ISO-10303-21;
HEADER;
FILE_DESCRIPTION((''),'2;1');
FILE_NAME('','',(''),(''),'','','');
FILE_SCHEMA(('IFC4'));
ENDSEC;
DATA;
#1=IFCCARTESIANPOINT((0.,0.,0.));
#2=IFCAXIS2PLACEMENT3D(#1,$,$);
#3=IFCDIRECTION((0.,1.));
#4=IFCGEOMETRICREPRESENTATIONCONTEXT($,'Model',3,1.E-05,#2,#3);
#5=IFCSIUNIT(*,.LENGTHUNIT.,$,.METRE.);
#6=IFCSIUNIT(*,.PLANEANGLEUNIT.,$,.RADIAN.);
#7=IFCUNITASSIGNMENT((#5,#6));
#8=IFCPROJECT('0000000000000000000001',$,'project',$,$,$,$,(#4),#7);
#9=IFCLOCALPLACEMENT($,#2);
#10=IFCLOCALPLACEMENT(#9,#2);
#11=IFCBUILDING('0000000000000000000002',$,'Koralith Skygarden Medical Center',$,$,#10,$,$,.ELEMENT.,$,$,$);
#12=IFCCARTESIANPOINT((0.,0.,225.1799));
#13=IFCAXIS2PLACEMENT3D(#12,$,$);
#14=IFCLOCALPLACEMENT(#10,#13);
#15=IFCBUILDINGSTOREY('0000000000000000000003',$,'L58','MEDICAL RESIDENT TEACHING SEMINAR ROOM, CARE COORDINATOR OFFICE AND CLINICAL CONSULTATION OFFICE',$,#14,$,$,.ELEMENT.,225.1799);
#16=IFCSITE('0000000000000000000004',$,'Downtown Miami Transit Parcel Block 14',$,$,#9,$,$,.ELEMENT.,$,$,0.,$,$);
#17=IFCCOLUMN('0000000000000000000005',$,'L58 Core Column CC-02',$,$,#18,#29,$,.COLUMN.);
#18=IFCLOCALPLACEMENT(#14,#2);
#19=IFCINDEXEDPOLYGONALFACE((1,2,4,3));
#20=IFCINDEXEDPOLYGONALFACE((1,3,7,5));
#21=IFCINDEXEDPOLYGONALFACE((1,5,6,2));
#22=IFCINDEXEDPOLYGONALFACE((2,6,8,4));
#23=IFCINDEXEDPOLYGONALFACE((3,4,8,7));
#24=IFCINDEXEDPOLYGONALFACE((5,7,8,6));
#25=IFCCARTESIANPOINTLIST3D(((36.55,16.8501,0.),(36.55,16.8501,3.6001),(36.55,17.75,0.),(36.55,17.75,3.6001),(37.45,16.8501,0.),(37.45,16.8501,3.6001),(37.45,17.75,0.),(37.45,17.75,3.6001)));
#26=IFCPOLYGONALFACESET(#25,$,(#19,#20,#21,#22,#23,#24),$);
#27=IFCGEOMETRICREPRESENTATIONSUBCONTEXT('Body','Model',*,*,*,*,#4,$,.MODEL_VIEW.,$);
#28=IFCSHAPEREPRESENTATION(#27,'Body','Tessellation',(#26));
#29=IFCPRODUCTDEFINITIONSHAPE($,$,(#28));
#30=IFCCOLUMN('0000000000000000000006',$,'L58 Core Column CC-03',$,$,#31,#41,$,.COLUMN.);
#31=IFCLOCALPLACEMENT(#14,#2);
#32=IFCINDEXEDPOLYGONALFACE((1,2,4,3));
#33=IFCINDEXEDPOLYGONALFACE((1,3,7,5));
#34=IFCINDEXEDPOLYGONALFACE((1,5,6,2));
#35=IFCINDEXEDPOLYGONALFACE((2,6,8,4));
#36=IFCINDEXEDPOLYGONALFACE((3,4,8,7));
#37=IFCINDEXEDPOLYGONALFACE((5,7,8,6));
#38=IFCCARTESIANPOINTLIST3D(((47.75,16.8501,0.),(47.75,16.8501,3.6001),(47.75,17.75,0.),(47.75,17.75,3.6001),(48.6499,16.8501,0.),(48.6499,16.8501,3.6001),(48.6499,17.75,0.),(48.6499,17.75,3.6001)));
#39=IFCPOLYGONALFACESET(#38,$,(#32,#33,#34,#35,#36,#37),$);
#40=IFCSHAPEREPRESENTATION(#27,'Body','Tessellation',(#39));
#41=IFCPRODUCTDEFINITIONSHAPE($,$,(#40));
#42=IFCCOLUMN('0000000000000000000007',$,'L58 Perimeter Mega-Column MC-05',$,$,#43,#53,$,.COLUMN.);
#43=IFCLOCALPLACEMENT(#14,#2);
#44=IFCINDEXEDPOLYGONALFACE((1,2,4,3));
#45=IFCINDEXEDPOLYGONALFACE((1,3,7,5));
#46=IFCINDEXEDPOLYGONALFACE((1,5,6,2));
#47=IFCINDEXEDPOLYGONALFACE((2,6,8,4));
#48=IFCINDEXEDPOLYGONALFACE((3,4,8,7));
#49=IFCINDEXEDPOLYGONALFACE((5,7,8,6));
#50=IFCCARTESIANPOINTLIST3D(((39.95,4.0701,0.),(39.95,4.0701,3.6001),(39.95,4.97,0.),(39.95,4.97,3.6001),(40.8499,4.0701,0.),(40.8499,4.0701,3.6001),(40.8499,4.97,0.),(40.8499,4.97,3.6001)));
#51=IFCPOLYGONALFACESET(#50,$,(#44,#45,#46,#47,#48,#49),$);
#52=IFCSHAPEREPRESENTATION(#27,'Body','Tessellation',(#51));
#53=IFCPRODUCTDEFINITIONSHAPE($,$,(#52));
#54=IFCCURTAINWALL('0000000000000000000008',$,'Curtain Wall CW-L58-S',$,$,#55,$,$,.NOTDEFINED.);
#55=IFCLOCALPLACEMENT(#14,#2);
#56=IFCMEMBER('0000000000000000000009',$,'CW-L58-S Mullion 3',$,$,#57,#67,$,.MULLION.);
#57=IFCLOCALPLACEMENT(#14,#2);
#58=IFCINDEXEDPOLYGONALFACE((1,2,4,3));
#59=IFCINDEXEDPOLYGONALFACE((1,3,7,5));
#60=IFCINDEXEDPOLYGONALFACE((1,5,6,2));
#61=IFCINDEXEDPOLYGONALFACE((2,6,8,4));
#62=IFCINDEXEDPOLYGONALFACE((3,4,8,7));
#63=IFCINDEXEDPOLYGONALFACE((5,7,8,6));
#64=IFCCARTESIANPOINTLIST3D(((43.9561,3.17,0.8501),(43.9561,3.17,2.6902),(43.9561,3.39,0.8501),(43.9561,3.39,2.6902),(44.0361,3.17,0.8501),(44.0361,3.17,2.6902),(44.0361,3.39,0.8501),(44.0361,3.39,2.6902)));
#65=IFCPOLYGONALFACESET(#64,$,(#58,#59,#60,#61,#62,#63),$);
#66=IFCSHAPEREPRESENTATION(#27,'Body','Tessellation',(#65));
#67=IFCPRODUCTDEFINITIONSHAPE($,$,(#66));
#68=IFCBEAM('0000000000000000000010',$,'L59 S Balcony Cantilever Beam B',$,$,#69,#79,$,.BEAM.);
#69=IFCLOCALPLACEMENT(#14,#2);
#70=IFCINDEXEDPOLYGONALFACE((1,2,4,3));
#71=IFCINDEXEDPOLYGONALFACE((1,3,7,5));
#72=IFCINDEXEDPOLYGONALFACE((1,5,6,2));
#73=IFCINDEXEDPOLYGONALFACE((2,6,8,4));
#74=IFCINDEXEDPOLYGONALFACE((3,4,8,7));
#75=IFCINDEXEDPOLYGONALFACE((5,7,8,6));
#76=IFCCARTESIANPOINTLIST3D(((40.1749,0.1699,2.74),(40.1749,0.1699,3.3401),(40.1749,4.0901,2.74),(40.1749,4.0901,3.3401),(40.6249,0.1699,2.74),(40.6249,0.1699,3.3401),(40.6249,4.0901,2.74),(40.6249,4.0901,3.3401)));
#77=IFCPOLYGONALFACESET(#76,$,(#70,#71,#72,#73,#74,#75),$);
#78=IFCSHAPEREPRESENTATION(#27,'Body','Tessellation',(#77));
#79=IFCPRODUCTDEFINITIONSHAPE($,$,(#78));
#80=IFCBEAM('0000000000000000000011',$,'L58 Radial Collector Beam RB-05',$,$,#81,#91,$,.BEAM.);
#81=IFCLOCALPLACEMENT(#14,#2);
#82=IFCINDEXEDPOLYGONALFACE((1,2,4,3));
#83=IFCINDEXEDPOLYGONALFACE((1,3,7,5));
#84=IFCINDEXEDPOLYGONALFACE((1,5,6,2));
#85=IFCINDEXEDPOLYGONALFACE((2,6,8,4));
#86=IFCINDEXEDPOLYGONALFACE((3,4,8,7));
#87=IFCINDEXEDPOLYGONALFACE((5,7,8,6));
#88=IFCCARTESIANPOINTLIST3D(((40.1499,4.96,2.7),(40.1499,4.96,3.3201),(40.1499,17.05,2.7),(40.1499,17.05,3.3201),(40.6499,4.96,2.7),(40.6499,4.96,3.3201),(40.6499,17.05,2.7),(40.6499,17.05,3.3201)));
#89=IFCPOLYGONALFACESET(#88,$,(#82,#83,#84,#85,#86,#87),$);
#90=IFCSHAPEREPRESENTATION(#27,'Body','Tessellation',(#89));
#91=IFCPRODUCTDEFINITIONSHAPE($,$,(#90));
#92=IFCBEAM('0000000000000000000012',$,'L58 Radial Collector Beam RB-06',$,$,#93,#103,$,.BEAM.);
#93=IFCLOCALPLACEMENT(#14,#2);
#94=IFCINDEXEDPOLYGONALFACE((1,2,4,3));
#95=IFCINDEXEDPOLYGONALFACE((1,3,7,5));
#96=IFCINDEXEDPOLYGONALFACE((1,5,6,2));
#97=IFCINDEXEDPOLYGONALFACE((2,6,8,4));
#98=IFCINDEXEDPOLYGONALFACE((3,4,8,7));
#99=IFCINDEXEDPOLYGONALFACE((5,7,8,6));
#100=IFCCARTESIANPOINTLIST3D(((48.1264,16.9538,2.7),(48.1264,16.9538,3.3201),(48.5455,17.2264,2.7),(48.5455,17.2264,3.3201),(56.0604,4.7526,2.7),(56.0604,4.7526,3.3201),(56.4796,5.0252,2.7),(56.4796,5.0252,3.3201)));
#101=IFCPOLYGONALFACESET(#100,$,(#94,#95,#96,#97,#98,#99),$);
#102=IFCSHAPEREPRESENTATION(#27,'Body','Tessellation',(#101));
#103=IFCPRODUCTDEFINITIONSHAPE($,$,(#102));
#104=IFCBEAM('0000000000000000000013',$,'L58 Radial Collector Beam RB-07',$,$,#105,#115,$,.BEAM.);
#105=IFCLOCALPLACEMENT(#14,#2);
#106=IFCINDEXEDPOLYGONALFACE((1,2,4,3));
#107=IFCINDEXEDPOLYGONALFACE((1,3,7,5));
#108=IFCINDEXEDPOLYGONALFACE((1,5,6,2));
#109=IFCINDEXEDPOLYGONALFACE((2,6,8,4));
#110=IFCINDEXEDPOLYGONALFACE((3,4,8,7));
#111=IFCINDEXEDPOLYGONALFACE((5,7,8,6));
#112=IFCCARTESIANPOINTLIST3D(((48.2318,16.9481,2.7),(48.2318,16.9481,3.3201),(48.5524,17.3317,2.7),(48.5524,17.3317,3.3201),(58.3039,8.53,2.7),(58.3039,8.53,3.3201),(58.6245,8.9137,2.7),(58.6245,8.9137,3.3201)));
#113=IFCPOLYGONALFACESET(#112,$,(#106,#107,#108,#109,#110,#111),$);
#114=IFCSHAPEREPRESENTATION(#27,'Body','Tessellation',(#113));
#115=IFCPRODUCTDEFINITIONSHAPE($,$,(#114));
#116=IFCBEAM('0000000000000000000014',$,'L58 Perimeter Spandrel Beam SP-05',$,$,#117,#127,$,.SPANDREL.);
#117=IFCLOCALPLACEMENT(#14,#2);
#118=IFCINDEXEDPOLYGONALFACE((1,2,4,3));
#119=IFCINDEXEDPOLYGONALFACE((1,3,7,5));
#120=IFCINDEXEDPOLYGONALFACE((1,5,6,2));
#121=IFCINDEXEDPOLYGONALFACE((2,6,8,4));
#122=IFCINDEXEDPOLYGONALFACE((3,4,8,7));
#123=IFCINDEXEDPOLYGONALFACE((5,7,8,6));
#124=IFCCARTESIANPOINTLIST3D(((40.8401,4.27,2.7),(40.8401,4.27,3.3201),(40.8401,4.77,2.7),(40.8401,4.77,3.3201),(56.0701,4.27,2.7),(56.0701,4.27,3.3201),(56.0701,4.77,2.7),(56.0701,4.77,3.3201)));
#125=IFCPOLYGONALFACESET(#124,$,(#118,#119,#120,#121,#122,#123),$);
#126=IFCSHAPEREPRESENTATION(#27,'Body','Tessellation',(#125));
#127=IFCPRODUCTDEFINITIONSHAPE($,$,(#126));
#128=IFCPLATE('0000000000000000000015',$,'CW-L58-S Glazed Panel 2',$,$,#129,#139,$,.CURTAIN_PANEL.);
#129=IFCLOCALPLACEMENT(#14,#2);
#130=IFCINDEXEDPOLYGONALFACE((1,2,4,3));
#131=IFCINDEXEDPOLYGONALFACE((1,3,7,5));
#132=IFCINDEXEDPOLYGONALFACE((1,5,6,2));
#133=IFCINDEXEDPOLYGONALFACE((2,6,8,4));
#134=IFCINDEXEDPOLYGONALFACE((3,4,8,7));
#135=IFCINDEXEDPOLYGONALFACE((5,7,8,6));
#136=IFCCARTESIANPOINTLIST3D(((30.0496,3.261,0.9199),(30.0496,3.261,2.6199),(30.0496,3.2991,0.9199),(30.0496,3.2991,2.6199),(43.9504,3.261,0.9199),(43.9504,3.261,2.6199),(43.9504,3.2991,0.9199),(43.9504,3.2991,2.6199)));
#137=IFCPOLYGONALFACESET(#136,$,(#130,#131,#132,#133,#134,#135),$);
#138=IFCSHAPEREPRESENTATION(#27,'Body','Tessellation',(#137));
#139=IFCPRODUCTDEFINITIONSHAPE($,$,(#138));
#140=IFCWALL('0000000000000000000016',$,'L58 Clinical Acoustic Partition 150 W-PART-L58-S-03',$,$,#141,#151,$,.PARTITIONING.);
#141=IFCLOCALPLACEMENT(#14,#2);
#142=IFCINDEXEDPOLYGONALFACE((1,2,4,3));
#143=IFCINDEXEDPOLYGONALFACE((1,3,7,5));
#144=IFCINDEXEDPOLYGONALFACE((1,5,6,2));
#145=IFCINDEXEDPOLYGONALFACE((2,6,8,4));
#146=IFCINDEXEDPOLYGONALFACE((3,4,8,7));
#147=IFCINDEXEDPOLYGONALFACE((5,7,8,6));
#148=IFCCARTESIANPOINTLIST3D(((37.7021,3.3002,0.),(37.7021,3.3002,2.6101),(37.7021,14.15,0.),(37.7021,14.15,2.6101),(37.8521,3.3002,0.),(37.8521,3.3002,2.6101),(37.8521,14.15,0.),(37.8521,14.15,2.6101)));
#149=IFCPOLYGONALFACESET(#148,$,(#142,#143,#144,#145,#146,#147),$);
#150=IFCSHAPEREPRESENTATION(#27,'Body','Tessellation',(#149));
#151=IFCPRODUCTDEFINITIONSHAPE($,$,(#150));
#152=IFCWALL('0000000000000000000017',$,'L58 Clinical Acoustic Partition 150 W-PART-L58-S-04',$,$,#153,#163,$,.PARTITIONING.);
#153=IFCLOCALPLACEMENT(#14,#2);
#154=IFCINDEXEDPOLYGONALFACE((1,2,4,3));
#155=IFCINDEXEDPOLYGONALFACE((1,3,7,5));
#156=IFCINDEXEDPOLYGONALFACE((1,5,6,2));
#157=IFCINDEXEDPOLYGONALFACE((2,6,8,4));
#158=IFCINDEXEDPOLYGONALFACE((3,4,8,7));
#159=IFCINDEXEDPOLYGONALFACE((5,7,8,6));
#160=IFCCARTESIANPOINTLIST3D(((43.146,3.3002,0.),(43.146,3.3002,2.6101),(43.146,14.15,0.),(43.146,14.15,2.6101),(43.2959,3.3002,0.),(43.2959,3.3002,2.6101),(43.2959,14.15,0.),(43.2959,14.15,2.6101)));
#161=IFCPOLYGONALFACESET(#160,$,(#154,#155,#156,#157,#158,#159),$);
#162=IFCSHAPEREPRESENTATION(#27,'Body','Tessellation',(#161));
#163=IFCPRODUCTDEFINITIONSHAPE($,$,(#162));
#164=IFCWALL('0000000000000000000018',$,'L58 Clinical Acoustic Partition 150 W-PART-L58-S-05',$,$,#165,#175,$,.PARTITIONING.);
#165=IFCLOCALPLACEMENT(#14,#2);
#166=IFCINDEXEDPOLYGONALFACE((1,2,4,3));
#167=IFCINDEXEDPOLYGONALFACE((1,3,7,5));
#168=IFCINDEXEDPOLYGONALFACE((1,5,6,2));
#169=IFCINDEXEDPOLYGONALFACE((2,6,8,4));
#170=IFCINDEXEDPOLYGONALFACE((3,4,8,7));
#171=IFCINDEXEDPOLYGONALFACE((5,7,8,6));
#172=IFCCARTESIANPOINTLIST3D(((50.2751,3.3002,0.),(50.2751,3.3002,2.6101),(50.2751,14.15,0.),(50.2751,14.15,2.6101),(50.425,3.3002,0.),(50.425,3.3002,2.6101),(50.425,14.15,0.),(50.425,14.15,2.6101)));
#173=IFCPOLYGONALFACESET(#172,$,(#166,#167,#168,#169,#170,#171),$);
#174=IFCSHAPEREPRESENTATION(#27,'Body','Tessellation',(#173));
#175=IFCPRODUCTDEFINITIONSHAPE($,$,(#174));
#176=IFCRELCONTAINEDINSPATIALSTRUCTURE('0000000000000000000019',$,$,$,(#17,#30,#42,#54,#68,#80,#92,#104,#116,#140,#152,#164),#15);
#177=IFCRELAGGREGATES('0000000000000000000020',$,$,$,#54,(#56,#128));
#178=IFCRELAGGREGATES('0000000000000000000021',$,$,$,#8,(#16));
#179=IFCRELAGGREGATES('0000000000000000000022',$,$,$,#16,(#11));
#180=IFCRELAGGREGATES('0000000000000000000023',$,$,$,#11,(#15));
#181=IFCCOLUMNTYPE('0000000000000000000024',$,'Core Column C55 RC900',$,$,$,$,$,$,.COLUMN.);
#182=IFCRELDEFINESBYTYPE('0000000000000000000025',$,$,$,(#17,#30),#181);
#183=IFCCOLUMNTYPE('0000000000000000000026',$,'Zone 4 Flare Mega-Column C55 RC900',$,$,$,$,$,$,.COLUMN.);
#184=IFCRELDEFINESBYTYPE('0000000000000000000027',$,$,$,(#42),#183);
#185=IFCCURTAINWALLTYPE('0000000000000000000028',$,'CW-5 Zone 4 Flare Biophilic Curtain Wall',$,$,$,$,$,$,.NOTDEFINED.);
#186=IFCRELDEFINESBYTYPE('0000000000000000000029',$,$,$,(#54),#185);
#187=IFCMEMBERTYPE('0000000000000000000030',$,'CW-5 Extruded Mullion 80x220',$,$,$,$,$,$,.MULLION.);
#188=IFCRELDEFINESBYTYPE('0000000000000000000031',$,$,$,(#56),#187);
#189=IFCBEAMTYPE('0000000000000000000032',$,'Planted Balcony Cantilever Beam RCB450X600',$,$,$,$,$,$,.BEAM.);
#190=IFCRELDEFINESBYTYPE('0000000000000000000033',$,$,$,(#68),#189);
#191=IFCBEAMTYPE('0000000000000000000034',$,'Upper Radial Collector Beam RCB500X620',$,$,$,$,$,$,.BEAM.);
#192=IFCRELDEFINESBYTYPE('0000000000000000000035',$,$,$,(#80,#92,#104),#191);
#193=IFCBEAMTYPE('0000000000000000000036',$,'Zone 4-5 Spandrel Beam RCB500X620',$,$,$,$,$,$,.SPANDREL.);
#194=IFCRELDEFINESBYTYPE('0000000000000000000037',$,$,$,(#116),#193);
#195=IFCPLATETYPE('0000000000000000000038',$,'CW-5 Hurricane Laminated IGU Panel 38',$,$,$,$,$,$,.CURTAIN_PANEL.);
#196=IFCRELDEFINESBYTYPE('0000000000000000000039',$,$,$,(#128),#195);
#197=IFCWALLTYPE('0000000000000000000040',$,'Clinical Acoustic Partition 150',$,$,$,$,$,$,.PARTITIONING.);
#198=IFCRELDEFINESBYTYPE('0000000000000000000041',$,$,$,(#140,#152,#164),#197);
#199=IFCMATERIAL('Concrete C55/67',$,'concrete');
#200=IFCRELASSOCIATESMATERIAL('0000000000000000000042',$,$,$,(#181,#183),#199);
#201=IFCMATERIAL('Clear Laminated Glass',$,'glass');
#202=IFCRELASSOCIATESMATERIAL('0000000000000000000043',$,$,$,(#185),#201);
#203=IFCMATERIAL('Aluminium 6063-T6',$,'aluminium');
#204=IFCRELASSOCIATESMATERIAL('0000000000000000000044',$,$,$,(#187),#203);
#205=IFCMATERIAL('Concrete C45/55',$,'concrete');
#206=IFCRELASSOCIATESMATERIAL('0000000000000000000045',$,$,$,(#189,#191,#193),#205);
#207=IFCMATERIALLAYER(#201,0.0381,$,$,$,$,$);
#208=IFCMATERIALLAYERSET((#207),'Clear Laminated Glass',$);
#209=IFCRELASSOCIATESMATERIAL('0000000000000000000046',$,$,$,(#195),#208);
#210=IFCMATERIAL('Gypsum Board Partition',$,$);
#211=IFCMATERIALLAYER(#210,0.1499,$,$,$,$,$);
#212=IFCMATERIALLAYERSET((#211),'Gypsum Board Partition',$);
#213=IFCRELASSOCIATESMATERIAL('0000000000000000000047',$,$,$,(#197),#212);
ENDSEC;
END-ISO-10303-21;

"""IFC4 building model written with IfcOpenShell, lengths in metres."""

from ifc_helpers import new_model, si_unit, direction, frame, frame_2d, origin, origin_2d, place, context, subcontext, project, spatial, rectangle, extrude, material, layer, layer_set, material_profile, profile_set, type_object, element, aggregate, save


model = new_model("IFC4")

# Units and contexts
model_context = context("Model", 3, precision=1e-05, world=origin(), true_north=direction((0.0, 1.0)))
body_context = subcontext(model_context, "Body", "Model", "MODEL_VIEW")
ifc_project = project(units=[si_unit("LENGTHUNIT", "METRE"), si_unit("PLANEANGLEUNIT", "RADIAN")], contexts=[model_context])

# Site, building, storey
site_placement = place(None, origin())
site = spatial("IfcSite", under=ifc_project, at=site_placement, Name="Downtown Miami Transit Parcel Block 14", CompositionType="ELEMENT", RefElevation=0.0)
building_placement = place(site_placement, origin())
building = spatial("IfcBuilding", under=site, at=building_placement, Name="Koralith Skygarden Medical Center", CompositionType="ELEMENT")
storey_placement = place(building_placement, frame((0.0, 0.0, 225.1799)))
storey = spatial("IfcBuildingStorey", under=building, at=storey_placement, Name="L58", Description="MEDICAL RESIDENT TEACHING SEMINAR ROOM, CARE COORDINATOR OFFICE AND CLINICAL CONSULTATION OFFICE", CompositionType="ELEMENT", Elevation=225.1799)

# Columns
ifc_material_1 = material(Name="Concrete C55/67", Category="concrete")
ifc_material_profile_1 = material_profile(ifc_material_1, rectangle(XDim=0.8999, YDim=0.8999, at=origin_2d()), Name="RC900X900")
ifc_profile_set_1 = profile_set([ifc_material_profile_1], Name="Concrete C55/67")
column_type_1 = type_object("IfcColumnType", Name="Core Column C55 RC900", PredefinedType="COLUMN", material=ifc_profile_set_1)
for number, where, z_axis, x_axis, name in (
    (1, (37.0, 17.3, 0.0), (0.0, 0.0, 1.0), (1.0, 0.0, 0.0), "L58 Core Column CC-02"),
    (2, (48.2, 17.3, 0.0), (0.0, 0.0, 1.0), (1.0, 0.0, 0.0), "L58 Core Column CC-03"),
):
    element("IfcColumn", number, at=place(storey_placement, frame(where, z_axis=z_axis, x_axis=x_axis)), inside=storey, type_object=column_type_1, Name=name, PredefinedType="COLUMN", context=body_context, shape_type="SweptSolid", body=[
        extrude(rectangle(XDim=0.8999, YDim=0.8999, at=origin_2d()), origin(), (0.0, 0.0, 1.0), 3.6001),
    ])
ifc_material_profile_2 = material_profile(ifc_material_1, rectangle(XDim=0.8999, YDim=0.8999, at=origin_2d()), Name="RC900X900")
ifc_profile_set_2 = profile_set([ifc_material_profile_2], Name="Concrete C55/67")
column_type_2 = type_object("IfcColumnType", Name="Zone 4 Flare Mega-Column C55 RC900", PredefinedType="COLUMN", material=ifc_profile_set_2)
column_placement = place(storey_placement, frame((40.3999, 4.52, 0.0), z_axis=(0.0, 0.0, 1.0), x_axis=(1.0, 0.0, 0.0)))
element("IfcColumn", 3, at=column_placement, inside=storey, type_object=column_type_2, Name="L58 Perimeter Mega-Column MC-05", PredefinedType="COLUMN", context=body_context, shape_type="SweptSolid", body=[
    extrude(rectangle(XDim=0.8999, YDim=0.8999, at=origin_2d()), origin(), (0.0, 0.0, 1.0), 3.6001),
])

# Curtain wall, member
ifc_material_2 = material(Name="Clear Laminated Glass", Category="glass")
curtain_wall_type = type_object("IfcCurtainWallType", Name="CW-5 Zone 4 Flare Biophilic Curtain Wall", PredefinedType="NOTDEFINED", material=ifc_material_2)
curtain_wall_placement = place(storey_placement, origin())
curtain_wall = element("IfcCurtainWall", 4, at=curtain_wall_placement, inside=storey, type_object=curtain_wall_type, Name="Curtain Wall CW-L58-S", PredefinedType="NOTDEFINED")
ifc_material_3 = material(Name="Aluminium 6063-T6", Category="aluminium")
ifc_material_profile_3 = material_profile(ifc_material_3, rectangle(XDim=0.0801, YDim=0.22, at=origin_2d()), Name="MUL80X220")
ifc_profile_set_3 = profile_set([ifc_material_profile_3], Name="Aluminium 6063-T6")
member_type = type_object("IfcMemberType", Name="CW-5 Extruded Mullion 80x220", PredefinedType="MULLION", material=ifc_profile_set_3)
member_placement = place(storey_placement, frame((43.9961, 3.28, 0.8501), z_axis=(0.0, 0.0, 1.0), x_axis=(1.0, 0.0, 0.0)))
member = element("IfcMember", 5, at=member_placement, type_object=member_type, Name="CW-L58-S Mullion 3", PredefinedType="MULLION", context=body_context, shape_type="SweptSolid", body=[
    extrude(rectangle(XDim=0.0801, YDim=0.22, at=origin_2d()), origin(), (0.0, 0.0, 1.0), 1.8401),
])

# Beams
ifc_material_4 = material(Name="Concrete C45/55", Category="concrete")
ifc_material_profile_4 = material_profile(ifc_material_4, rectangle(XDim=0.45, YDim=0.6001, at=origin_2d()), Name="RCB450X600")
ifc_profile_set_4 = profile_set([ifc_material_profile_4], Name="Concrete C45/55")
beam_type_1 = type_object("IfcBeamType", Name="Planted Balcony Cantilever Beam RCB450X600", PredefinedType="BEAM", material=ifc_profile_set_4)
beam_1_placement = place(storey_placement, frame((40.3999, 4.0901, 3.04), z_axis=(0.0, -1.0, 0.0), x_axis=(1.0, 0.0, 0.0)))
element("IfcBeam", 6, at=beam_1_placement, inside=storey, type_object=beam_type_1, Name="L59 S Balcony Cantilever Beam B", PredefinedType="BEAM", context=body_context, shape_type="SweptSolid", body=[
    extrude(rectangle(XDim=0.45, YDim=0.6001, at=origin_2d()), origin(), (0.0, 0.0, 1.0), 3.9202),
])
ifc_material_profile_5 = material_profile(ifc_material_4, rectangle(XDim=0.5, YDim=0.6201, at=origin_2d()), Name="RCB500X620")
ifc_profile_set_5 = profile_set([ifc_material_profile_5], Name="Concrete C45/55")
beam_type_2 = type_object("IfcBeamType", Name="Upper Radial Collector Beam RCB500X620", PredefinedType="BEAM", material=ifc_profile_set_5)
beam_2_placement = place(storey_placement, frame((40.3999, 17.05, 3.01), z_axis=(0.0, -1.0, 0.0), x_axis=(1.0, 0.0, 0.0)))
element("IfcBeam", 7, at=beam_2_placement, inside=storey, type_object=beam_type_2, Name="L58 Radial Collector Beam RB-05", PredefinedType="BEAM", context=body_context, shape_type="SweptSolid", body=[
    extrude(rectangle(XDim=0.5, YDim=0.6201, at=origin_2d()), origin(), (0.0, 0.0, 1.0), 12.0901),
])
beam_3_placement = place(storey_placement, frame((48.3359, 17.0901, 3.01), z_axis=(0.545149, -0.838339, 0.0), x_axis=(0.838339, 0.545149, 0.0)))
element("IfcBeam", 8, at=beam_3_placement, inside=storey, type_object=beam_type_2, Name="L58 Radial Collector Beam RB-06", PredefinedType="BEAM", context=body_context, shape_type="SweptSolid", body=[
    extrude(rectangle(XDim=0.5, YDim=0.6201, at=origin_2d()), origin(), (0.0, 0.0, 1.0), 14.554),
])
beam_4_placement = place(storey_placement, frame((48.3921, 17.1399, 3.01), z_axis=(0.767298, -0.641291, 0.0), x_axis=(0.641291, 0.767298, 0.0)))
element("IfcBeam", 9, at=beam_4_placement, inside=storey, type_object=beam_type_2, Name="L58 Radial Collector Beam RB-07", PredefinedType="BEAM", context=body_context, shape_type="SweptSolid", body=[
    extrude(rectangle(XDim=0.5, YDim=0.6201, at=origin_2d()), origin(), (0.0, 0.0, 1.0), 13.1267),
])
ifc_material_profile_6 = material_profile(ifc_material_4, rectangle(XDim=0.5, YDim=0.6201, at=origin_2d()), Name="RCB500X620")
ifc_profile_set_6 = profile_set([ifc_material_profile_6], Name="Concrete C45/55")
beam_type_3 = type_object("IfcBeamType", Name="Zone 4-5 Spandrel Beam RCB500X620", PredefinedType="SPANDREL", material=ifc_profile_set_6)
beam_5_placement = place(storey_placement, frame((40.8401, 4.52, 3.01), z_axis=(1.0, 0.0, 0.0), x_axis=(0.0, 1.0, 0.0)))
element("IfcBeam", 10, at=beam_5_placement, inside=storey, type_object=beam_type_3, Name="L58 Perimeter Spandrel Beam SP-05", PredefinedType="SPANDREL", context=body_context, shape_type="SweptSolid", body=[
    extrude(rectangle(XDim=0.5, YDim=0.6201, at=origin_2d()), origin(), (0.0, 0.0, 1.0), 15.23),
])

# Plate
ifc_layer_1 = layer(ifc_material_2, 0.0381)
ifc_layer_set_1 = layer_set([ifc_layer_1], Name="Clear Laminated Glass")
plate_type = type_object("IfcPlateType", Name="CW-5 Hurricane Laminated IGU Panel 38", PredefinedType="CURTAIN_PANEL", material=ifc_layer_set_1)
plate_placement = place(storey_placement, frame((37.0, 3.28, 0.9199), z_axis=(0.0, 0.0, 1.0), x_axis=(1.0, 0.0, 0.0)))
plate = element("IfcPlate", 11, at=plate_placement, type_object=plate_type, Name="CW-L58-S Glazed Panel 2", PredefinedType="CURTAIN_PANEL", context=body_context, shape_type="SweptSolid", body=[
    extrude(rectangle(XDim=13.9009, YDim=0.0381, at=origin_2d()), origin(), (0.0, 0.0, 1.0), 1.7),
])
aggregate(curtain_wall, [member, plate])

# Walls
ifc_material_5 = material(Name="Gypsum Board Partition")
ifc_layer_2 = layer(ifc_material_5, 0.1499)
ifc_layer_set_2 = layer_set([ifc_layer_2], Name="Gypsum Board Partition")
wall_type_1 = type_object("IfcWallType", Name="Clinical Acoustic Partition 150", PredefinedType="PARTITIONING", material=ifc_layer_set_2)
for number, where, z_axis, x_axis, name in (
    (12, (37.7771, 14.1499, 0.0), (0.0, 0.0, 1.0), (0.0, -1.0, 0.0), "L58 Clinical Acoustic Partition 150 W-PART-L58-S-03"),
    (13, (43.2209, 14.1499, 0.0), (0.0, 0.0, 1.0), (0.0, -1.0, 0.0), "L58 Clinical Acoustic Partition 150 W-PART-L58-S-04"),
    (14, (50.3501, 14.1499, 0.0), (0.0, 0.0, 1.0), (0.0, -1.0, 0.0), "L58 Clinical Acoustic Partition 150 W-PART-L58-S-05"),
):
    element("IfcWall", number, at=place(storey_placement, frame(where, z_axis=z_axis, x_axis=x_axis)), inside=storey, type_object=wall_type_1, Name=name, PredefinedType="PARTITIONING", context=body_context, shape_type="SweptSolid", body=[
        extrude(rectangle(XDim=10.8499, YDim=0.1499, at=frame_2d((5.4248, 0.0))), origin(), (0.0, 0.0, 1.0), 2.6101),
    ])

save(model, "model.ifc")
